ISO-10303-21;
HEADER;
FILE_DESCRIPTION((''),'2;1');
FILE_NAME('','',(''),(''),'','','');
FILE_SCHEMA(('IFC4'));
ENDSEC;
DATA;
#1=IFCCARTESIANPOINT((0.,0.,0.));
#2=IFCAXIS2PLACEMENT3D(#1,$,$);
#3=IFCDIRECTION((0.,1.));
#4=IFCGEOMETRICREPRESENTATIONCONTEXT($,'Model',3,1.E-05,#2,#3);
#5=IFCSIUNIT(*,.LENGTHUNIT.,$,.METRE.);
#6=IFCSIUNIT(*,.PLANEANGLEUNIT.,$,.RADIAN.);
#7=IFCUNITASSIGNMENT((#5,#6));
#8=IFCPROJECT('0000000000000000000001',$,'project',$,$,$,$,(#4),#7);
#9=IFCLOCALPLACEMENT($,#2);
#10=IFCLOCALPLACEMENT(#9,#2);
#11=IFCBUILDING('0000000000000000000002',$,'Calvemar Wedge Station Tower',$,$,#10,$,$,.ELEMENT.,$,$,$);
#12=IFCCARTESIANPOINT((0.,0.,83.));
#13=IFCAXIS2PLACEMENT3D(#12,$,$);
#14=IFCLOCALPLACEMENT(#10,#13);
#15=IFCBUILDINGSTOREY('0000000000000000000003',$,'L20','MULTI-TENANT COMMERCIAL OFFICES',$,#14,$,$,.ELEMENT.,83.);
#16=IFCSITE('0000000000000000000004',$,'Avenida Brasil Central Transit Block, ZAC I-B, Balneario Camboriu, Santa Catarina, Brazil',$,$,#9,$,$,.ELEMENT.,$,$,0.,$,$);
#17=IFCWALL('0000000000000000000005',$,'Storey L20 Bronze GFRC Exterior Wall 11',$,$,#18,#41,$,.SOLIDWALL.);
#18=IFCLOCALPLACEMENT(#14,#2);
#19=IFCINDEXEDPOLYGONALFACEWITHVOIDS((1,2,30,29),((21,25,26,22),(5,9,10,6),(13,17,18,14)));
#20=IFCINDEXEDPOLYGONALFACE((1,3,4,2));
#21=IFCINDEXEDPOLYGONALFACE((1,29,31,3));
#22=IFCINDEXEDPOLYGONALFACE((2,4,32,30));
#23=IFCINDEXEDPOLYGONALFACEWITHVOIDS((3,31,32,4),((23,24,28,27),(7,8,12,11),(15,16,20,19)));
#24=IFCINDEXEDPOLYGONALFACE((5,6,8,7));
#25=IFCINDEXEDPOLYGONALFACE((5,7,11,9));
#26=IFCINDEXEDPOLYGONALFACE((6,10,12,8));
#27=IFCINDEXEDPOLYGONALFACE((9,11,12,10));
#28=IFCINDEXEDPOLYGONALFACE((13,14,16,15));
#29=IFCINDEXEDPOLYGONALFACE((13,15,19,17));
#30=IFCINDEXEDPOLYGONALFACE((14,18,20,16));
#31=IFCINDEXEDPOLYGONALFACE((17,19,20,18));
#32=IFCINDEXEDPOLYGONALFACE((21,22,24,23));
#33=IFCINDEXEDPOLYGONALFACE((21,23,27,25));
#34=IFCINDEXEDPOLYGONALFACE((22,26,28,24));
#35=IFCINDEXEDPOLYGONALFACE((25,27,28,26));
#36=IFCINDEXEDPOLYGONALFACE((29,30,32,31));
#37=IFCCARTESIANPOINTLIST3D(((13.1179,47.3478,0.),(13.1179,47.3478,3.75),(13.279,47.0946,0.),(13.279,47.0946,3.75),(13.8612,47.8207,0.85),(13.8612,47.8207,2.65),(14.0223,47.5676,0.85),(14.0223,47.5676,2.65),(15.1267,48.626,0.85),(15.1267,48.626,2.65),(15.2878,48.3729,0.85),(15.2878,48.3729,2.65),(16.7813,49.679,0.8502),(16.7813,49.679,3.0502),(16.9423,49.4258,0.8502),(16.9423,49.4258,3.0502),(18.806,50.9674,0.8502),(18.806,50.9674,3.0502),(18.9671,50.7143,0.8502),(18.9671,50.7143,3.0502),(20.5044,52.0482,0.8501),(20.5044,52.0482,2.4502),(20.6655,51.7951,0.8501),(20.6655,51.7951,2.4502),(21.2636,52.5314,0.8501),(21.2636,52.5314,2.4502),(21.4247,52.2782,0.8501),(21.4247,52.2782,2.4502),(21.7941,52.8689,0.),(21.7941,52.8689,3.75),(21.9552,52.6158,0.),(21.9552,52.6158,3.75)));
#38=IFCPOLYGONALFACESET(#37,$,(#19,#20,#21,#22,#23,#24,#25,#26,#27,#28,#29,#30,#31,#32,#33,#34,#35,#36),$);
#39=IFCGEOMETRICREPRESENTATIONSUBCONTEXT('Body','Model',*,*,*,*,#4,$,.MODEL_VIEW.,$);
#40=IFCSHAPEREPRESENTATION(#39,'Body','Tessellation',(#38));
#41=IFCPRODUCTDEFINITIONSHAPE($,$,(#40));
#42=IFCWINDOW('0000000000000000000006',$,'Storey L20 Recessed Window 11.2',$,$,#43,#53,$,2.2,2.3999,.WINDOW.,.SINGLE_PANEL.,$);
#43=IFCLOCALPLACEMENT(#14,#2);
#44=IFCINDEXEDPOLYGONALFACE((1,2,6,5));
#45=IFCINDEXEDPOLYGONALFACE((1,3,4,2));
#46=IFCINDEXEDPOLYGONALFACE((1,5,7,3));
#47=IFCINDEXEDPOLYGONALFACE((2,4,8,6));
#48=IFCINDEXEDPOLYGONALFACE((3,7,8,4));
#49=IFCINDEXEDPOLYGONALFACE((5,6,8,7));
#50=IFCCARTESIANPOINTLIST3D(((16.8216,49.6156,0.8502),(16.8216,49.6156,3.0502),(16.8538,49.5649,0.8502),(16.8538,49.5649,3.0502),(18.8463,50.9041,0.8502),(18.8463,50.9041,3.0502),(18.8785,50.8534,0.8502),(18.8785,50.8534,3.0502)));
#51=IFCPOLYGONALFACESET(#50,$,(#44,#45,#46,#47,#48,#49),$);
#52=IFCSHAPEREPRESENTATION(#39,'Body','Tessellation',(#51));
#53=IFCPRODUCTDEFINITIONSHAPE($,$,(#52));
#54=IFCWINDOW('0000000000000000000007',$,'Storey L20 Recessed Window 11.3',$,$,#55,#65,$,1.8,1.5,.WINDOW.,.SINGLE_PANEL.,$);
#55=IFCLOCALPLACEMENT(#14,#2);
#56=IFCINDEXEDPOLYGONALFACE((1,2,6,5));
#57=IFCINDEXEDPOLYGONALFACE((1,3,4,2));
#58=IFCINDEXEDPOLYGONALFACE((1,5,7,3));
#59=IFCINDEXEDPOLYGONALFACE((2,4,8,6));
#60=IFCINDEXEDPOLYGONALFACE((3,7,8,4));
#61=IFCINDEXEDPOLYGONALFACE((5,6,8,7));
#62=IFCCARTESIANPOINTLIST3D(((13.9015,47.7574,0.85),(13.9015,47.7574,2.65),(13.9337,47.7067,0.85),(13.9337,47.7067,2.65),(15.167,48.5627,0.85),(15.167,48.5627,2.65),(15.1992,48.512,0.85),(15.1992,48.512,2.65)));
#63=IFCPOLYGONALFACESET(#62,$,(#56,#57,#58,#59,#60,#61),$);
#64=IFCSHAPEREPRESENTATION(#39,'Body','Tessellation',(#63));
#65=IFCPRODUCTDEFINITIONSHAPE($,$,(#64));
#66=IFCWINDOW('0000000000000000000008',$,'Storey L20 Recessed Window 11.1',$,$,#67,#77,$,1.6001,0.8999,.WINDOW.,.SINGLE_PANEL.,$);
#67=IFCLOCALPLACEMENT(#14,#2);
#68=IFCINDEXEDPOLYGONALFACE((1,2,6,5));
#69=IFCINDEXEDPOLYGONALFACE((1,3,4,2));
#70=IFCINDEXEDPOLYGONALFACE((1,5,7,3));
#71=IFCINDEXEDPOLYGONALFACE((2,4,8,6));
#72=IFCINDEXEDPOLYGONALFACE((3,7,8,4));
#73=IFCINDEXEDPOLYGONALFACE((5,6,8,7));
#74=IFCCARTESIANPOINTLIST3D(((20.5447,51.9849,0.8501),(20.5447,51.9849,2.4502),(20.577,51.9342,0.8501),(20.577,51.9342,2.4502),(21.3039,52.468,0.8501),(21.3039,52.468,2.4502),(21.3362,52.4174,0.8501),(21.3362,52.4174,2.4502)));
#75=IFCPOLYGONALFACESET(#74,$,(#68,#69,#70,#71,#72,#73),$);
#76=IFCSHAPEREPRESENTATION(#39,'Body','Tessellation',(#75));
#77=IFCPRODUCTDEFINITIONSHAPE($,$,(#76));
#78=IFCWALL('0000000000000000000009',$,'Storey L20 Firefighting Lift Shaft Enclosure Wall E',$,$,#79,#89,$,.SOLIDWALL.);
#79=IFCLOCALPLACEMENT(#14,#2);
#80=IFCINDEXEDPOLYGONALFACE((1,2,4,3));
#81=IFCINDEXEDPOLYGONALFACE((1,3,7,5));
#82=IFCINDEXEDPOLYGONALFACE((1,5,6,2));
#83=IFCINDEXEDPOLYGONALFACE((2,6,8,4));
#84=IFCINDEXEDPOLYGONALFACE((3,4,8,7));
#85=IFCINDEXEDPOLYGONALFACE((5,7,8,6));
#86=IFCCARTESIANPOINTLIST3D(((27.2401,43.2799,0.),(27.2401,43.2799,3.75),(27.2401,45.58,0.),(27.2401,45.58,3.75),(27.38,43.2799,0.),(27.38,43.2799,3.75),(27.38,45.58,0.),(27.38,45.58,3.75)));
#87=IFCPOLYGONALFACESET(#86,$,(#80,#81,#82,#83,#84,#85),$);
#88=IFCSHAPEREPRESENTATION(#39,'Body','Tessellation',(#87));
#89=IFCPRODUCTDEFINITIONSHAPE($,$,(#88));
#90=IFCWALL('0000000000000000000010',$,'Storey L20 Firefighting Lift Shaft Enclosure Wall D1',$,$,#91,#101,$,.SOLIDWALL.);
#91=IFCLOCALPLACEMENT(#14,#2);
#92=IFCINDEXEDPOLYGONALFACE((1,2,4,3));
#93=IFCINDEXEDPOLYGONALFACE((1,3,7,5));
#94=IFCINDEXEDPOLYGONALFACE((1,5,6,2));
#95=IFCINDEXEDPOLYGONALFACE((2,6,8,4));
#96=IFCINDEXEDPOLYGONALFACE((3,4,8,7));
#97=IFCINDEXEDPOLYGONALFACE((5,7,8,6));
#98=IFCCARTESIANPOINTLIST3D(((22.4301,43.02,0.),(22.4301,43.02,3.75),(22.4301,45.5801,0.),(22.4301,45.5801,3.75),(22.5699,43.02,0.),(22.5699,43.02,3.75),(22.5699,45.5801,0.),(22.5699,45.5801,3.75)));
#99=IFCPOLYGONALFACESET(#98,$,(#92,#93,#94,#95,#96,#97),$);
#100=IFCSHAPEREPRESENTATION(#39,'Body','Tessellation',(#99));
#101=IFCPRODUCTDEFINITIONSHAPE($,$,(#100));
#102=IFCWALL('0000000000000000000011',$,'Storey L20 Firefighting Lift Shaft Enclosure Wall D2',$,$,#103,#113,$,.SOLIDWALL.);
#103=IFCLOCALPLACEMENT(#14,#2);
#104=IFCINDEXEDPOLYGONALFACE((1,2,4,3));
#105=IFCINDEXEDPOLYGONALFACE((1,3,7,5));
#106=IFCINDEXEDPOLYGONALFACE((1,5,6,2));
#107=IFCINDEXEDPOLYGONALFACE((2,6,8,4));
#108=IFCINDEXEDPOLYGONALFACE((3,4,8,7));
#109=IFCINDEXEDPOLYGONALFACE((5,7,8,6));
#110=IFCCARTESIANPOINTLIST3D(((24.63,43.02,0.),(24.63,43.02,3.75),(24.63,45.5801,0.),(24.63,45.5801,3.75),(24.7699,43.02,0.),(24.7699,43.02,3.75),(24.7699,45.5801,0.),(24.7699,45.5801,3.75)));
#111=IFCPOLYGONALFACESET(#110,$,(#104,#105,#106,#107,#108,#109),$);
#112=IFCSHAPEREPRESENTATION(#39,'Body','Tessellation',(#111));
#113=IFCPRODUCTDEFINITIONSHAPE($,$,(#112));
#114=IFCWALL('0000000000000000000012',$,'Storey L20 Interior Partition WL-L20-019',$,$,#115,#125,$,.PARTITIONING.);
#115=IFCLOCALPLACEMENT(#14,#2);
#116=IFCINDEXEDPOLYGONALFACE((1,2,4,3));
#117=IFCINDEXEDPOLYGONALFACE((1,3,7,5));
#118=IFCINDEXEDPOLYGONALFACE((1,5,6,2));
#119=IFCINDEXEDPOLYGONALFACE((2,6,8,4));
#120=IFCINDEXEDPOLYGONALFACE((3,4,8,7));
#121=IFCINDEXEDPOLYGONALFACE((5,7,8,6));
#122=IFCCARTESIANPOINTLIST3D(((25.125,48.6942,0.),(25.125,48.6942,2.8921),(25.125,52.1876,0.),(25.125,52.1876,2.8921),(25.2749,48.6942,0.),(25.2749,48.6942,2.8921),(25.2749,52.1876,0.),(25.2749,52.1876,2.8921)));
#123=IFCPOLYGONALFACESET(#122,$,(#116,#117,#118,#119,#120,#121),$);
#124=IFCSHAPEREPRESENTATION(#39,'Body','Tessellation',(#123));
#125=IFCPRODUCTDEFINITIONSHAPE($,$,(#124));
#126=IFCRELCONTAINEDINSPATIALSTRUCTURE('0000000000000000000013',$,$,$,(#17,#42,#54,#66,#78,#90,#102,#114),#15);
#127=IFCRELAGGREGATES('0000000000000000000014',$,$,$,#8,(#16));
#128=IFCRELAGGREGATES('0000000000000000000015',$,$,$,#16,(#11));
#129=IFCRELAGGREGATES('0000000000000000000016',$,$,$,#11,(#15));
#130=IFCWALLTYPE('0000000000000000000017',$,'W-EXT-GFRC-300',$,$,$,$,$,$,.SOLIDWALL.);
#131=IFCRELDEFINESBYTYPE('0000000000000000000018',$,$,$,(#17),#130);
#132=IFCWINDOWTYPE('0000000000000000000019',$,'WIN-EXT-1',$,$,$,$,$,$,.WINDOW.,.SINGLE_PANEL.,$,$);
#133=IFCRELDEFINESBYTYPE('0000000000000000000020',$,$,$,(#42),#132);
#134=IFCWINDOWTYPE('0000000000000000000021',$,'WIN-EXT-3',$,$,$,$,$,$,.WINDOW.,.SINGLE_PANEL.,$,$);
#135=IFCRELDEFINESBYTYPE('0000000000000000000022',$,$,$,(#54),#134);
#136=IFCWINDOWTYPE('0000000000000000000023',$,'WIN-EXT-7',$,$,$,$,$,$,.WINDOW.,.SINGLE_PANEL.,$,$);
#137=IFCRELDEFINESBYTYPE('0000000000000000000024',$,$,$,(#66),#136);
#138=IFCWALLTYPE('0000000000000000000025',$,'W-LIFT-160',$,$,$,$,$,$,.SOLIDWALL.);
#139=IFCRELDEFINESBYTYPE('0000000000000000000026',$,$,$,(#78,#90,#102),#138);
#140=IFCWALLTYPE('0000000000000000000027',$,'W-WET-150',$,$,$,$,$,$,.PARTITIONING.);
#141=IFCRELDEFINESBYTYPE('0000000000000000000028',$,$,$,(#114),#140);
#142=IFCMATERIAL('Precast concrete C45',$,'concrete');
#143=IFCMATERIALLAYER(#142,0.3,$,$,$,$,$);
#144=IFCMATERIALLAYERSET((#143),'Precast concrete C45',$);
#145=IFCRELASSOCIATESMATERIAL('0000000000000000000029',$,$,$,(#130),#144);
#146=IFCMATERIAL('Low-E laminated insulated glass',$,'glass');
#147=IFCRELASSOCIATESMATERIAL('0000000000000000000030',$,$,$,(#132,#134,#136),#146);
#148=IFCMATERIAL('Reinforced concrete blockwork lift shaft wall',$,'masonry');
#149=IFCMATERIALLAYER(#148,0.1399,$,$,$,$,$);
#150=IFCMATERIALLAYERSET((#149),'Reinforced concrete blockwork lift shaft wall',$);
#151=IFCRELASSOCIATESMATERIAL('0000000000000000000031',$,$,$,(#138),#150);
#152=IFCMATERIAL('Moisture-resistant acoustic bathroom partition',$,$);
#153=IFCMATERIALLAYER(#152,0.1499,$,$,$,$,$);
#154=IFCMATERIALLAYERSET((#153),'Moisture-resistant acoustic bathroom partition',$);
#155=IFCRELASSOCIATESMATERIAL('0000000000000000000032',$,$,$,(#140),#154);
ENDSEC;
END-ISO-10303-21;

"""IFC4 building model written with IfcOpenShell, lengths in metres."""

from ifc_helpers import new_model, si_unit, direction, frame, frame_2d, origin, place, context, subcontext, project, spatial, rectangle, extrude, source, transform, mapped, material, layer, layer_set, type_object, element, fill, save


model = new_model("IFC4")

# Units and contexts
model_context = context("Model", 3, precision=1e-05, world=origin(), true_north=direction((0.0, 1.0)))
body_context = subcontext(model_context, "Body", "Model", "MODEL_VIEW")
ifc_project = project(units=[si_unit("LENGTHUNIT", "METRE"), si_unit("PLANEANGLEUNIT", "RADIAN")], contexts=[model_context])

# Site, building, storey
site_placement = place(None, origin())
site = spatial("IfcSite", under=ifc_project, at=site_placement, Name="Avenida Brasil Central Transit Block, ZAC I-B, Balneario Camboriu, Santa Catarina, Brazil", CompositionType="ELEMENT", RefElevation=0.0)
building_placement = place(site_placement, origin())
building = spatial("IfcBuilding", under=site, at=building_placement, Name="Calvemar Wedge Station Tower", CompositionType="ELEMENT")
storey_placement = place(building_placement, frame((0.0, 0.0, 83.0)))
storey = spatial("IfcBuildingStorey", under=building, at=storey_placement, Name="L20", Description="MULTI-TENANT COMMERCIAL OFFICES", CompositionType="ELEMENT", Elevation=83.0)

# Shared definitions
ifc_material_1 = material(Name="Precast concrete C45", Category="concrete")

# Wall, openings, windows
ifc_layer_1 = layer(ifc_material_1, 0.3)
ifc_layer_set_1 = layer_set([ifc_layer_1], Name="Precast concrete C45")
wall_type_1 = type_object("IfcWallType", Name="W-EXT-GFRC-300", PredefinedType="SOLIDWALL", material=ifc_layer_set_1)
wall_1_placement = place(storey_placement, frame((21.8748, 52.7424, 0.0), z_axis=(0.0, 0.0, 1.0), x_axis=(-0.843662, -0.536874, 0.0)))
wall_1 = element("IfcWall", 1, at=wall_1_placement, inside=storey, type_object=wall_type_1, Name="Storey L20 Bronze GFRC Exterior Wall 11", PredefinedType="SOLIDWALL", context=body_context, shape_type="SweptSolid", body=[
    extrude(rectangle(XDim=10.2839, YDim=0.3, at=frame_2d((5.1421, 0.0))), origin(), (0.0, 0.0, 1.0), 3.75),
])
shared_shape_1 = source(origin(), body_context, "Body", "SweptSolid", [
    extrude(rectangle(XDim=0.8999, YDim=1.6001, at=frame_2d((0.45, 0.8))), frame((0.0, 0.1602, 0.0), z_axis=(0.0, -1.0, 0.0), x_axis=(1.0, 0.0, 0.0)), (0.0, 0.0, 1.0), 0.3201),
])
opening_1_placement = place(wall_1_placement, frame((0.6289, 0.0, 0.8501)))
opening_1 = element("IfcOpeningElement", 2, at=opening_1_placement, cuts=wall_1, PredefinedType="OPENING", context=body_context, shape_type="MappedRepresentation", body=[
    mapped(shared_shape_1, transform((0.0, 0.0, 0.0), scale=1.0)),
])
shared_shape_2 = source(origin(), body_context, "Body", "SweptSolid", [
    extrude(rectangle(XDim=2.3999, YDim=2.2, at=frame_2d((1.2, 1.1001))), frame((0.0, 0.1602, 0.0), z_axis=(0.0, -1.0, 0.0), x_axis=(1.0, 0.0, 0.0)), (0.0, 0.0, 1.0), 0.3201),
])
opening_2_placement = place(wall_1_placement, frame((3.542, 0.0, 0.8501)))
opening_2 = element("IfcOpeningElement", 3, at=opening_2_placement, cuts=wall_1, PredefinedType="OPENING", context=body_context, shape_type="MappedRepresentation", body=[
    mapped(shared_shape_2, transform((0.0, 0.0, 0.0), scale=1.0)),
])
shared_shape_3 = source(origin(), body_context, "Body", "SweptSolid", [
    extrude(rectangle(XDim=1.5, YDim=1.8, at=frame_2d((0.75, 0.8999))), frame((0.0, 0.1602, 0.0), z_axis=(0.0, -1.0, 0.0), x_axis=(1.0, 0.0, 0.0)), (0.0, 0.0, 1.0), 0.3201),
])
opening_3_placement = place(wall_1_placement, frame((7.9031, 0.0, 0.8501)))
opening_3 = element("IfcOpeningElement", 4, at=opening_3_placement, cuts=wall_1, PredefinedType="OPENING", context=body_context, shape_type="MappedRepresentation", body=[
    mapped(shared_shape_3, transform((0.0, 0.0, 0.0), scale=1.0)),
])
ifc_material_2 = material(Name="Low-E laminated insulated glass", Category="glass")
window_type_1 = type_object("IfcWindowType", Name="WIN-EXT-1", PartitioningType="SINGLE_PANEL", PredefinedType="WINDOW", material=ifc_material_2)
shared_shape_4 = source(origin(), body_context, "Body", "SweptSolid", [
    extrude(rectangle(XDim=2.3999, YDim=2.2, at=frame_2d((1.2, 1.1001))), frame((0.0, -0.0149, 0.0), z_axis=(0.0, -1.0, 0.0), x_axis=(1.0, 0.0, 0.0)), (0.0, 0.0, 1.0), 0.0601),
])
window_1_placement = place(opening_2_placement, origin())
window_1 = element("IfcWindow", 5, at=window_1_placement, inside=storey, type_object=window_type_1, Name="Storey L20 Recessed Window 11.2", OverallHeight=2.2, OverallWidth=2.3999, PartitioningType="SINGLE_PANEL", PredefinedType="WINDOW", context=body_context, shape_type="MappedRepresentation", body=[
    mapped(shared_shape_4, transform((0.0, 0.0, 0.0), scale=1.0)),
])
fill(opening_2, window_1)
window_type_2 = type_object("IfcWindowType", Name="WIN-EXT-3", PartitioningType="SINGLE_PANEL", PredefinedType="WINDOW", material=ifc_material_2)
shared_shape_5 = source(origin(), body_context, "Body", "SweptSolid", [
    extrude(rectangle(XDim=1.5, YDim=1.8, at=frame_2d((0.75, 0.8999))), frame((0.0, -0.0149, 0.0), z_axis=(0.0, -1.0, 0.0), x_axis=(1.0, 0.0, 0.0)), (0.0, 0.0, 1.0), 0.0601),
])
window_2_placement = place(opening_3_placement, origin())
window_2 = element("IfcWindow", 6, at=window_2_placement, inside=storey, type_object=window_type_2, Name="Storey L20 Recessed Window 11.3", OverallHeight=1.8, OverallWidth=1.5, PartitioningType="SINGLE_PANEL", PredefinedType="WINDOW", context=body_context, shape_type="MappedRepresentation", body=[
    mapped(shared_shape_5, transform((0.0, 0.0, 0.0), scale=1.0)),
])
fill(opening_3, window_2)
window_type_3 = type_object("IfcWindowType", Name="WIN-EXT-7", PartitioningType="SINGLE_PANEL", PredefinedType="WINDOW", material=ifc_material_2)
shared_shape_6 = source(origin(), body_context, "Body", "SweptSolid", [
    extrude(rectangle(XDim=0.8999, YDim=1.6001, at=frame_2d((0.45, 0.8))), frame((0.0, -0.0149, 0.0), z_axis=(0.0, -1.0, 0.0), x_axis=(1.0, 0.0, 0.0)), (0.0, 0.0, 1.0), 0.0601),
])
window_3_placement = place(opening_1_placement, origin())
window_3 = element("IfcWindow", 7, at=window_3_placement, inside=storey, type_object=window_type_3, Name="Storey L20 Recessed Window 11.1", OverallHeight=1.6001, OverallWidth=0.8999, PartitioningType="SINGLE_PANEL", PredefinedType="WINDOW", context=body_context, shape_type="MappedRepresentation", body=[
    mapped(shared_shape_6, transform((0.0, 0.0, 0.0), scale=1.0)),
])
fill(opening_1, window_3)

# Walls
ifc_material_3 = material(Name="Reinforced concrete blockwork lift shaft wall", Category="masonry")
ifc_layer_2 = layer(ifc_material_3, 0.1399)
ifc_layer_set_2 = layer_set([ifc_layer_2], Name="Reinforced concrete blockwork lift shaft wall")
wall_type_2 = type_object("IfcWallType", Name="W-LIFT-160", PredefinedType="SOLIDWALL", material=ifc_layer_set_2)
wall_2_placement = place(storey_placement, frame((27.3101, 43.28, 0.0), z_axis=(0.0, 0.0, 1.0), x_axis=(0.0, 1.0, 0.0)))
element("IfcWall", 8, at=wall_2_placement, inside=storey, type_object=wall_type_2, Name="Storey L20 Firefighting Lift Shaft Enclosure Wall E", PredefinedType="SOLIDWALL", context=body_context, shape_type="SweptSolid", body=[
    extrude(rectangle(XDim=2.3, YDim=0.1399, at=frame_2d((1.1499, 0.0))), origin(), (0.0, 0.0, 1.0), 3.75),
])
for number, where, z_axis, x_axis, name in (
    (9, (22.5, 43.02, 0.0), (0.0, 0.0, 1.0), (0.0, 1.0, 0.0), "Storey L20 Firefighting Lift Shaft Enclosure Wall D1"),
    (10, (24.7, 43.02, 0.0), (0.0, 0.0, 1.0), (0.0, 1.0, 0.0), "Storey L20 Firefighting Lift Shaft Enclosure Wall D2"),
):
    element("IfcWall", number, at=place(storey_placement, frame(where, z_axis=z_axis, x_axis=x_axis)), inside=storey, type_object=wall_type_2, Name=name, PredefinedType="SOLIDWALL", context=body_context, shape_type="SweptSolid", body=[
        extrude(rectangle(XDim=2.5601, YDim=0.1399, at=frame_2d((1.28, 0.0))), origin(), (0.0, 0.0, 1.0), 3.75),
    ])
ifc_material_4 = material(Name="Moisture-resistant acoustic bathroom partition")
ifc_layer_3 = layer(ifc_material_4, 0.1499)
ifc_layer_set_3 = layer_set([ifc_layer_3], Name="Moisture-resistant acoustic bathroom partition")
wall_type_3 = type_object("IfcWallType", Name="W-WET-150", PredefinedType="PARTITIONING", material=ifc_layer_set_3)
wall_3_placement = place(storey_placement, frame((25.2, 52.1875, 0.0), z_axis=(0.0, 0.0, 1.0), x_axis=(0.0, -1.0, 0.0)))
element("IfcWall", 11, at=wall_3_placement, inside=storey, type_object=wall_type_3, Name="Storey L20 Interior Partition WL-L20-019", PredefinedType="PARTITIONING", context=body_context, shape_type="SweptSolid", body=[
    extrude(rectangle(XDim=3.4934, YDim=0.1499, at=frame_2d((1.7466, 0.0))), origin(), (0.0, 0.0, 1.0), 2.8921),
])

save(model, "model.ifc")
